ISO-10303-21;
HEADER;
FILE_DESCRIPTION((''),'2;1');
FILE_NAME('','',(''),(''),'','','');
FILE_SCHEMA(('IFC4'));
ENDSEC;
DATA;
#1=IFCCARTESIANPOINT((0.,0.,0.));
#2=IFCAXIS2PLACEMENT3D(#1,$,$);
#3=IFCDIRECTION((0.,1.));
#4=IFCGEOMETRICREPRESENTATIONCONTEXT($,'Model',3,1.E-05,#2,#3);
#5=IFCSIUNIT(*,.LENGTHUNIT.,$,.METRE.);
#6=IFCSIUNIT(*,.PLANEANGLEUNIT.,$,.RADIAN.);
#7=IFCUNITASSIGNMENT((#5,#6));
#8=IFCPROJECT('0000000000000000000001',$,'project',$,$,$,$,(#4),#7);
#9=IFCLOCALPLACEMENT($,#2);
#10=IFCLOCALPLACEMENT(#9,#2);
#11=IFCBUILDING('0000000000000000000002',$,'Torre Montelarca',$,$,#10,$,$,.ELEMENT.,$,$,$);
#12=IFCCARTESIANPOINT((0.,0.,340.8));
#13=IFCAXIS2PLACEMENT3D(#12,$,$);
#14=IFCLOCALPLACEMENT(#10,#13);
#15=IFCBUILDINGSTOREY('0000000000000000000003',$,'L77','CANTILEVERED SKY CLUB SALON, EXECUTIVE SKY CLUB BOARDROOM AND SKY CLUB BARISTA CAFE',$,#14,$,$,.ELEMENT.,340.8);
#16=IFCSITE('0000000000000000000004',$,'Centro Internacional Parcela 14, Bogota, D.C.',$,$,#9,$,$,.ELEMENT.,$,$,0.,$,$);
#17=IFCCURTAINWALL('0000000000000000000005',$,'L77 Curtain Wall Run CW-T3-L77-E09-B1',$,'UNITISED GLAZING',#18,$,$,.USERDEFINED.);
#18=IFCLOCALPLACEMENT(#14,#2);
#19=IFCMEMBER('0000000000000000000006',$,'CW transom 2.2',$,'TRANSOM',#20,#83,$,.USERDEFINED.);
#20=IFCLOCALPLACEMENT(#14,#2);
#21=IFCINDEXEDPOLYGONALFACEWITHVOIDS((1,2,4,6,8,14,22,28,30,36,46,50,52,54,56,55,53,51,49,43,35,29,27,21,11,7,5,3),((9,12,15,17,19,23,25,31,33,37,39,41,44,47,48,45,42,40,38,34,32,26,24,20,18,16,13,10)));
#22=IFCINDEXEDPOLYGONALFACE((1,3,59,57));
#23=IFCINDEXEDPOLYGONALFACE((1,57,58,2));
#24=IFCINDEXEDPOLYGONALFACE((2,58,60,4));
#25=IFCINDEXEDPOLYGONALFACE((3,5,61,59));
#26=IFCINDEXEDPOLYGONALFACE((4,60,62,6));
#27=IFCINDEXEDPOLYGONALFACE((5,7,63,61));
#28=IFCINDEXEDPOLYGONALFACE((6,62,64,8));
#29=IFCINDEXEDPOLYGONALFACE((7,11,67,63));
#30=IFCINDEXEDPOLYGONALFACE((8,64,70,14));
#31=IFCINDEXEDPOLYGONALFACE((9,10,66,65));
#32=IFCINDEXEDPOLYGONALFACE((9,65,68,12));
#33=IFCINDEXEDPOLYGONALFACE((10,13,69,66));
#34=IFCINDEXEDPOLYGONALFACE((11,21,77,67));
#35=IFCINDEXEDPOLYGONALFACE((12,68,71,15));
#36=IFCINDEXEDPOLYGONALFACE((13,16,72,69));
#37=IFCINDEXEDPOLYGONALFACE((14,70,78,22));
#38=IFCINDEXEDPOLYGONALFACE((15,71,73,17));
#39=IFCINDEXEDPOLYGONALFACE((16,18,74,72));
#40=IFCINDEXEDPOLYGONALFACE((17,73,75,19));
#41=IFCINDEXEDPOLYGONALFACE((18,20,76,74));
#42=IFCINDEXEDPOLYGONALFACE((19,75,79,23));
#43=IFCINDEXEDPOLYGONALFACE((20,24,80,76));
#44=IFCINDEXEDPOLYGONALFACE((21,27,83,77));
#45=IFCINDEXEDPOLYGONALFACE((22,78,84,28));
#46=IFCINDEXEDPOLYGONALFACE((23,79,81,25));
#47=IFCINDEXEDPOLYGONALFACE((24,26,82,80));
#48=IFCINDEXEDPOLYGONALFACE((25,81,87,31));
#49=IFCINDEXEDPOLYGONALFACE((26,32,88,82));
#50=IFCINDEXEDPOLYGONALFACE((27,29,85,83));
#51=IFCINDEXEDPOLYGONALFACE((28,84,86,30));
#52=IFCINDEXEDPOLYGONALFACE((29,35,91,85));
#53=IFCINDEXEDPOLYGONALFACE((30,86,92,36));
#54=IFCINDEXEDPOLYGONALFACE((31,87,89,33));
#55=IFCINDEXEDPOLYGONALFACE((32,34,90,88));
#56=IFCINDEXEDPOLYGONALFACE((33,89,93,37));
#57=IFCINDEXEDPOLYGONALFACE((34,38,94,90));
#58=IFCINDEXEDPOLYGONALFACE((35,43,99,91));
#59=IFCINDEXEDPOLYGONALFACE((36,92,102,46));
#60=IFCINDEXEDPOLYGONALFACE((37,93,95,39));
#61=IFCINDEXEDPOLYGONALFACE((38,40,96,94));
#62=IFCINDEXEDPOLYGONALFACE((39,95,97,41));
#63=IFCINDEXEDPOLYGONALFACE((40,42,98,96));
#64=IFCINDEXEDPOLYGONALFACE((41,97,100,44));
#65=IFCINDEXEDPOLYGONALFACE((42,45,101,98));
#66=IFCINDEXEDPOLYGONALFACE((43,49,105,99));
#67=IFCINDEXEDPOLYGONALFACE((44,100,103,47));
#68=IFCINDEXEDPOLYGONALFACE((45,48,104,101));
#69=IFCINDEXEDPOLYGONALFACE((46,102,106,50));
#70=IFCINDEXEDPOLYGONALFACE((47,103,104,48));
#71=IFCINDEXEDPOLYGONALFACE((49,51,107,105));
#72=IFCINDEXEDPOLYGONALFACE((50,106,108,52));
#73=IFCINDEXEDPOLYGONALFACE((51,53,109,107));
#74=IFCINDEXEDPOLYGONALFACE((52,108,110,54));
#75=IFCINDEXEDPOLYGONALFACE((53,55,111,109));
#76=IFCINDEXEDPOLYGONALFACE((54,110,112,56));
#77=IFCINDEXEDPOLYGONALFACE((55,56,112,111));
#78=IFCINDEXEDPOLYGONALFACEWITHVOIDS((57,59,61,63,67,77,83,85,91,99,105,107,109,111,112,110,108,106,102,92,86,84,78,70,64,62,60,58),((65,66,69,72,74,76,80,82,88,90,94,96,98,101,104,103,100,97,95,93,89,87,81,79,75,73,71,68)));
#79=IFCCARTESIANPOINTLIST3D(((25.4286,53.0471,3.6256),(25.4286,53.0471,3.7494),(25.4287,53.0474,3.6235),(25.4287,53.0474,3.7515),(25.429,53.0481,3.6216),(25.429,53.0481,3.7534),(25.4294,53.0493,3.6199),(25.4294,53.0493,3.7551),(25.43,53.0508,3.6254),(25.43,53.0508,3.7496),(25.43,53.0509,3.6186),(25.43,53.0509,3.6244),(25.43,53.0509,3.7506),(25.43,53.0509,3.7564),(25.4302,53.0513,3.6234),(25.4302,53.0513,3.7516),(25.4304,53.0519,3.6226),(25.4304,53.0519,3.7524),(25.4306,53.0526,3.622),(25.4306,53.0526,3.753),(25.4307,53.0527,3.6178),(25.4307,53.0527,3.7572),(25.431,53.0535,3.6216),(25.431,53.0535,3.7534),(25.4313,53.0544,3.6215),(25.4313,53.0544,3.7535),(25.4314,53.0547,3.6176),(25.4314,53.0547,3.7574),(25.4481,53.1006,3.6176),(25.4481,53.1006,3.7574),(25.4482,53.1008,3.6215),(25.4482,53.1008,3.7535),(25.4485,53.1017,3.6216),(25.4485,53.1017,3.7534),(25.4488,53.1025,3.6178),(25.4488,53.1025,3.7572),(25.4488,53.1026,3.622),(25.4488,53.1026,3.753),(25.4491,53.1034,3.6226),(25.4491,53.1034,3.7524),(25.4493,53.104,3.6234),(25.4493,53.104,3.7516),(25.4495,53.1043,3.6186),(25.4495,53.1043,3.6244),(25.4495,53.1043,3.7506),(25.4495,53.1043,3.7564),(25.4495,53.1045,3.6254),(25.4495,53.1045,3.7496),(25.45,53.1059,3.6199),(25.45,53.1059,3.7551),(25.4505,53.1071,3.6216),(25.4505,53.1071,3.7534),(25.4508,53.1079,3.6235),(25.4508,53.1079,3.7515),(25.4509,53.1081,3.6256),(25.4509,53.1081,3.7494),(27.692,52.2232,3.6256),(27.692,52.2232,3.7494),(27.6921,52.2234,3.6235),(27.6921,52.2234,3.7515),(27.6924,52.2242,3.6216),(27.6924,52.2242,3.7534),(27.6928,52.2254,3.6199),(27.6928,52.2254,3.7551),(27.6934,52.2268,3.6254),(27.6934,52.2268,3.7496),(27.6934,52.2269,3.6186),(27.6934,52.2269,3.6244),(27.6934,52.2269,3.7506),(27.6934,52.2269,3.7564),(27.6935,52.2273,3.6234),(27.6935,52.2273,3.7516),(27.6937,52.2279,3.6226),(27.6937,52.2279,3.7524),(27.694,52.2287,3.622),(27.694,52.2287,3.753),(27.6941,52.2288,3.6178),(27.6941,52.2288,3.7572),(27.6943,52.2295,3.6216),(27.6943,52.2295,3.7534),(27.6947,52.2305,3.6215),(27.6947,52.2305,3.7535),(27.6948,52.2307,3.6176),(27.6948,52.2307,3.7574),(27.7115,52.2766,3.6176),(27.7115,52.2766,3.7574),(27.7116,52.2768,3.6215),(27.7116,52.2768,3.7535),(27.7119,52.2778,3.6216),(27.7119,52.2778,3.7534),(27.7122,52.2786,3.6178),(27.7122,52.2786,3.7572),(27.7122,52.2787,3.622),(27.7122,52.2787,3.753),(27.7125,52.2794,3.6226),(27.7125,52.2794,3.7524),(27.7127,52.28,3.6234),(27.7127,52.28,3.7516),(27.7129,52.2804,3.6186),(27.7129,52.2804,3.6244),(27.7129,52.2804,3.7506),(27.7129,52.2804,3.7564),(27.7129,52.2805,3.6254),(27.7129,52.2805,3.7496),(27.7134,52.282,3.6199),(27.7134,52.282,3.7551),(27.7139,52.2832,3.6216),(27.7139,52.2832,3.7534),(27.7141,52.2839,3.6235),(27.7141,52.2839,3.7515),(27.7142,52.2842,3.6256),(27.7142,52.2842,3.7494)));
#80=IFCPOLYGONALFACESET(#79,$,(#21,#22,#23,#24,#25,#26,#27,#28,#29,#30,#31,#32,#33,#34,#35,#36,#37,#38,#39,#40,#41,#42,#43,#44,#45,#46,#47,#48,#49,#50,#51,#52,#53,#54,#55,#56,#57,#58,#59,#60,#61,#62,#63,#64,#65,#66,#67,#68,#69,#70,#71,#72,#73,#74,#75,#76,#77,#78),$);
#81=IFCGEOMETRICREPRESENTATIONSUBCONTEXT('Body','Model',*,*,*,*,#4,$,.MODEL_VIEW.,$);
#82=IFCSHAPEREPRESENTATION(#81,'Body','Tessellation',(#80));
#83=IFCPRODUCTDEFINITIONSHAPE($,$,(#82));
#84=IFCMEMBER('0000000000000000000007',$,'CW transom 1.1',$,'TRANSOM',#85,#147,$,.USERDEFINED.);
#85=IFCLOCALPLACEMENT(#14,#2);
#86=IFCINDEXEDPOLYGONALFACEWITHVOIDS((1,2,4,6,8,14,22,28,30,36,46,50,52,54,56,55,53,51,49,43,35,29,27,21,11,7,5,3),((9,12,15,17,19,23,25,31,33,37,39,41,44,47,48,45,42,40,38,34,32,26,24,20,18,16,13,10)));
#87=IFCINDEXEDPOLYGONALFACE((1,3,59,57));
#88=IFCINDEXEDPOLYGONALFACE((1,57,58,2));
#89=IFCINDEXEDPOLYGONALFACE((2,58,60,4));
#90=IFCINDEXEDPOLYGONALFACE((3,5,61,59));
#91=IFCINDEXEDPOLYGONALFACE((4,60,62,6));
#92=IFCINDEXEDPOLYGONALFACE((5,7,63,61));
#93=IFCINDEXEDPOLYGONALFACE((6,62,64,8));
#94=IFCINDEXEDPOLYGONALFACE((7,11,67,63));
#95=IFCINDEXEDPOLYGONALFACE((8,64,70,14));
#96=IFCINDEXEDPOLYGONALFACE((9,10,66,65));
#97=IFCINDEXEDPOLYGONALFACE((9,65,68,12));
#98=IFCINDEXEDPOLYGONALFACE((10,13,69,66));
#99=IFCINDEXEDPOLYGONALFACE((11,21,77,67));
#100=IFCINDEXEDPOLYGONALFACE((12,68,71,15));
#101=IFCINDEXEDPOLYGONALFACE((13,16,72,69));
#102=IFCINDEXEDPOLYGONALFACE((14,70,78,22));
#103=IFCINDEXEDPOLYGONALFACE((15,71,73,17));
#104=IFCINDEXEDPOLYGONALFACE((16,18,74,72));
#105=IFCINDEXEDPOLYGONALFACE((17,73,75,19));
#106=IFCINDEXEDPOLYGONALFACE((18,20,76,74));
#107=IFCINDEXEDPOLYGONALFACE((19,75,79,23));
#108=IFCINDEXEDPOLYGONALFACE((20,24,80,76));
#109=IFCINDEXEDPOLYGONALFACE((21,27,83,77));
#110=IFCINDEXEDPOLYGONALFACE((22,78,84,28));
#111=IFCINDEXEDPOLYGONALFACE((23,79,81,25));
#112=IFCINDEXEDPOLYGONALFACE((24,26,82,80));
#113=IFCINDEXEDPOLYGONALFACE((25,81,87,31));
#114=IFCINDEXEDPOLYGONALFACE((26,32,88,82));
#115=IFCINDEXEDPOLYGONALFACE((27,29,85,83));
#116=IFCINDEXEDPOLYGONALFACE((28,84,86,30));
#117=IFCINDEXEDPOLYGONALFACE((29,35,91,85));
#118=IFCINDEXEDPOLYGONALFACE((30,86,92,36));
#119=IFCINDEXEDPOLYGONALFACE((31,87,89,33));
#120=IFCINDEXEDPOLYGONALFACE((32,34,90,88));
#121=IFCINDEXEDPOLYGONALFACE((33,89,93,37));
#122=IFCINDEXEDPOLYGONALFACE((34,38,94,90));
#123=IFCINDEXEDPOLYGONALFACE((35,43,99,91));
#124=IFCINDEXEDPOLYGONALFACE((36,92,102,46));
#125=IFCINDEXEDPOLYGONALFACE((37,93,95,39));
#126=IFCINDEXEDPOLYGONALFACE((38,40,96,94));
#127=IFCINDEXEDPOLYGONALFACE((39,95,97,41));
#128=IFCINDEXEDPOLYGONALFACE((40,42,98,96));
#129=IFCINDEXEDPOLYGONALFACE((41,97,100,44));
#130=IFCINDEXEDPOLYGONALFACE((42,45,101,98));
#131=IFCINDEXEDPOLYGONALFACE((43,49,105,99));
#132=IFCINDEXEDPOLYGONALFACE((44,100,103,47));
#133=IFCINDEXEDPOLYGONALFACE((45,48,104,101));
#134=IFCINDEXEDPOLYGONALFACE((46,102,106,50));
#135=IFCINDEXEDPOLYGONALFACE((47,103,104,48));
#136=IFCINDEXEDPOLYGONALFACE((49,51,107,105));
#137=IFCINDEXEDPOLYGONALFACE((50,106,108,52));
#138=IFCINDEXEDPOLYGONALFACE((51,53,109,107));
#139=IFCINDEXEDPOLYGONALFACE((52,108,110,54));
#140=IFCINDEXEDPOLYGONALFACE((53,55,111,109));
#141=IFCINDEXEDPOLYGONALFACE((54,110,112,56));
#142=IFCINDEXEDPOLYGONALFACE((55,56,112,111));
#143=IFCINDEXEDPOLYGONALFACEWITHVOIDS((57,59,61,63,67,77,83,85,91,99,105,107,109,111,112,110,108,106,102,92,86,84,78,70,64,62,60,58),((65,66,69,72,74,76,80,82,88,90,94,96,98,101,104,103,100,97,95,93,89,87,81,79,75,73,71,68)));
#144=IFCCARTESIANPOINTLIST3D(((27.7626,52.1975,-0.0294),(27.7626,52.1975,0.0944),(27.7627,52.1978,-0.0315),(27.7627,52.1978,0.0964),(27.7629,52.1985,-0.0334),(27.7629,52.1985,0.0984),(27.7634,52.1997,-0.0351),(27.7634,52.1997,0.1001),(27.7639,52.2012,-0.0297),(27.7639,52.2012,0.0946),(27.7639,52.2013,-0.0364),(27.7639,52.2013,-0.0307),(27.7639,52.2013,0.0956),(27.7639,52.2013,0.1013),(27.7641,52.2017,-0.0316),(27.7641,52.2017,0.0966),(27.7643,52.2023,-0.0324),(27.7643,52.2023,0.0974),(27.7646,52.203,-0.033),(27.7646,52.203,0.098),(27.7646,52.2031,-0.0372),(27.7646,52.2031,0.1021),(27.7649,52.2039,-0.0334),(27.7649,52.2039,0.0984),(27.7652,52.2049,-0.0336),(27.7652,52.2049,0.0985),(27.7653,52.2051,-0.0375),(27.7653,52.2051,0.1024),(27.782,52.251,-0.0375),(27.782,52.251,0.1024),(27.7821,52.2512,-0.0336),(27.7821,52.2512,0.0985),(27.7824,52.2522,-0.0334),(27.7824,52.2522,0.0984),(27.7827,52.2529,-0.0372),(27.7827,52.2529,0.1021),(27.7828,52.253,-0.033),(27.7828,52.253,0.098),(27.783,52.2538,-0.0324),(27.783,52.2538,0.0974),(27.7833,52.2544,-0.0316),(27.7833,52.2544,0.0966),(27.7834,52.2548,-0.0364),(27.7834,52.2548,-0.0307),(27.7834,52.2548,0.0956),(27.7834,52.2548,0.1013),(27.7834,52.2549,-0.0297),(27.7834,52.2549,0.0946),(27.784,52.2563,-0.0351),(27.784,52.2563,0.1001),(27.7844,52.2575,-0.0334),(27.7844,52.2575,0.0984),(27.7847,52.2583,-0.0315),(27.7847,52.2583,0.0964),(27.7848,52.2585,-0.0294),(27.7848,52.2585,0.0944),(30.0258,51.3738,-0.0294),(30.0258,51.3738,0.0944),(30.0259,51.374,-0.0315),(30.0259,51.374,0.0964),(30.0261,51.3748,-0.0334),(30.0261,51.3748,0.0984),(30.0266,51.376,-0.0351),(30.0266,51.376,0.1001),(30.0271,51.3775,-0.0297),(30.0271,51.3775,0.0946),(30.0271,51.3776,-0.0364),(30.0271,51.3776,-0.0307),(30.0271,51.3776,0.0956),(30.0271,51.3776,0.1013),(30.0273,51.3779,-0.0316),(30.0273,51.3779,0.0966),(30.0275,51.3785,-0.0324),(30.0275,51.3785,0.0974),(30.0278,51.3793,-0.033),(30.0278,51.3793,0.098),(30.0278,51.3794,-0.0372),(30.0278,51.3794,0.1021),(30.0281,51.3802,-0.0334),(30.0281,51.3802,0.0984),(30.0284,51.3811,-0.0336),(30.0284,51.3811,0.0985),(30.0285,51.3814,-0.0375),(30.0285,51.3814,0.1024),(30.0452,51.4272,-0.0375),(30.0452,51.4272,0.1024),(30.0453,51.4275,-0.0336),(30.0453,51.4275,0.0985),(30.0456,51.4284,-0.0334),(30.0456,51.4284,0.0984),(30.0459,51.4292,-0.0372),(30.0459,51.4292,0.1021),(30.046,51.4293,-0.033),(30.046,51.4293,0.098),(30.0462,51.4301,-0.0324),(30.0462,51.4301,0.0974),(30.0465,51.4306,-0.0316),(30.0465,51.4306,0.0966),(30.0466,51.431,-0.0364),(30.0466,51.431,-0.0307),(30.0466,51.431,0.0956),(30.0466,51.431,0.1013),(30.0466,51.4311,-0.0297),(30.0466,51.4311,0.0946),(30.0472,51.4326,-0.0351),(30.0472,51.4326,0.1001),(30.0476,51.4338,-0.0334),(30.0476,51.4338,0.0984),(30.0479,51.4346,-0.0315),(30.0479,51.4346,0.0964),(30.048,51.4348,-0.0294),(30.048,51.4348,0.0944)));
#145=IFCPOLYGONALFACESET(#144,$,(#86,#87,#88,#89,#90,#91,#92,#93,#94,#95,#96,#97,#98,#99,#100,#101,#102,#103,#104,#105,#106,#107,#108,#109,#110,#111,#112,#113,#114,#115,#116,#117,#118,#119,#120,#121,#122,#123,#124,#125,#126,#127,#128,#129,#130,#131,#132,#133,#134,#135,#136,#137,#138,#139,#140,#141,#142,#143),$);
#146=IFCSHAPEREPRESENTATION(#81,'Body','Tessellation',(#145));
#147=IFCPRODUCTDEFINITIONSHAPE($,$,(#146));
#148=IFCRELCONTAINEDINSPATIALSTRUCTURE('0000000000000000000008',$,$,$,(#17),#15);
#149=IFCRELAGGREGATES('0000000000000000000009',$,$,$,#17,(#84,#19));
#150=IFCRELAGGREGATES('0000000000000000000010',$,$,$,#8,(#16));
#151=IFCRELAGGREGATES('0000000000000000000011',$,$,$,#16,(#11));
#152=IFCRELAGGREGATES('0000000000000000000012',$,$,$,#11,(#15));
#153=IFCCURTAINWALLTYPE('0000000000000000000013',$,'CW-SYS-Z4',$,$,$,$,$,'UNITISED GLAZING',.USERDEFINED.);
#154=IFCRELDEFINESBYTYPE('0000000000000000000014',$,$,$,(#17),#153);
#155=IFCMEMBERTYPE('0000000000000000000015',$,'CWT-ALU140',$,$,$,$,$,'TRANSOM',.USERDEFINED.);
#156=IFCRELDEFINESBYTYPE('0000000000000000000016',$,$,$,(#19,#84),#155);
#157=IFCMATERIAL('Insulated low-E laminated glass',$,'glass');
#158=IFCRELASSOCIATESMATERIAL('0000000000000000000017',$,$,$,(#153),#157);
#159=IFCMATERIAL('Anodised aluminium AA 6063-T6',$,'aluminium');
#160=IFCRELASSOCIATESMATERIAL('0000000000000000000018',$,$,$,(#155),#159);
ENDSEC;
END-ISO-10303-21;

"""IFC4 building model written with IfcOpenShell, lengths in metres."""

from ifc_helpers import new_model, si_unit, direction, frame, origin, origin_2d, place, context, subcontext, project, spatial, hollow_rectangle, extrude, source, transform, mapped, material, material_profile, profile_set, type_object, element, aggregate, save


model = new_model("IFC4")

# Units and contexts
model_context = context("Model", 3, precision=1e-05, world=origin(), true_north=direction((0.0, 1.0)))
body_context = subcontext(model_context, "Body", "Model", "MODEL_VIEW")
ifc_project = project(units=[si_unit("LENGTHUNIT", "METRE"), si_unit("PLANEANGLEUNIT", "RADIAN")], contexts=[model_context])

# Site, building, storey
site_placement = place(None, origin())
site = spatial("IfcSite", under=ifc_project, at=site_placement, Name="Centro Internacional Parcela 14, Bogota, D.C.", CompositionType="ELEMENT", RefElevation=0.0)
building_placement = place(site_placement, origin())
building = spatial("IfcBuilding", under=site, at=building_placement, Name="Torre Montelarca", CompositionType="ELEMENT")
storey_placement = place(building_placement, frame((0.0, 0.0, 340.8)))
storey = spatial("IfcBuildingStorey", under=building, at=storey_placement, Name="L77", Description="CANTILEVERED SKY CLUB SALON, EXECUTIVE SKY CLUB BOARDROOM AND SKY CLUB BARISTA CAFE", CompositionType="ELEMENT", Elevation=340.8)

# Curtain wall, members
ifc_material_1 = material(Name="Insulated low-E laminated glass", Category="glass")
curtain_wall_type = type_object("IfcCurtainWallType", Name="CW-SYS-Z4", ElementType="UNITISED GLAZING", PredefinedType="USERDEFINED", material=ifc_material_1)
ifc_material_2 = material(Name="Anodised aluminium AA 6063-T6", Category="aluminium")
curtain_wall_1_placement = place(storey_placement, origin())
curtain_wall_1 = element("IfcCurtainWall", 1, at=curtain_wall_1_placement, inside=storey, type_object=curtain_wall_type, Name="L77 Curtain Wall Run CW-T3-L77-E09-B1", ObjectType="UNITISED GLAZING", PredefinedType="USERDEFINED")
ifc_material_profile_1 = material_profile(ifc_material_2, hollow_rectangle(XDim=0.0649, YDim=0.1399, WallThickness=0.0039, InnerFilletRadius=0.0039, OuterFilletRadius=0.0081, at=origin_2d()), Name="ALU65X140X4", Category="aluminium")
ifc_profile_set_1 = profile_set([ifc_material_profile_1], Name="Anodised aluminium AA 6063-T6")
member_type_1 = type_object("IfcMemberType", Name="CWT-ALU140", ElementType="TRANSOM", PredefinedType="USERDEFINED", material=ifc_profile_set_1)
shared_shape_1 = source(origin(), body_context, "Body", "SweptSolid", [
    extrude(hollow_rectangle(XDim=0.0649, YDim=0.1399, WallThickness=0.0039, InnerFilletRadius=0.0039, OuterFilletRadius=0.0081, at=origin_2d()), origin(), (0.0, 0.0, 1.0), 2.4087),
])
member_1_placement = place(storey_placement, frame((27.7031, 52.2537, 3.6875), z_axis=(-0.939672, 0.342077, 0.0), x_axis=(-0.342077, -0.939672, 0.0)))
member_1 = element("IfcMember", 2, at=member_1_placement, type_object=member_type_1, Name="CW transom 2.2", ObjectType="TRANSOM", PredefinedType="USERDEFINED", context=body_context, shape_type="MappedRepresentation", body=[
    mapped(shared_shape_1, transform((0.0, 0.0, 0.0), scale=1.0)),
])
shared_shape_2 = source(origin(), body_context, "Body", "SweptSolid", [
    extrude(hollow_rectangle(XDim=0.0649, YDim=0.1399, WallThickness=0.0039, InnerFilletRadius=0.0039, OuterFilletRadius=0.0081, at=origin_2d()), origin(), (0.0, 0.0, 1.0), 2.4084),
])
member_2_placement = place(storey_placement, frame((30.0369, 51.4043, 0.0325), z_axis=(-0.939693, 0.34202, 0.0), x_axis=(-0.34202, -0.939693, 0.0)))
member_2 = element("IfcMember", 3, at=member_2_placement, type_object=member_type_1, Name="CW transom 1.1", ObjectType="TRANSOM", PredefinedType="USERDEFINED", context=body_context, shape_type="MappedRepresentation", body=[
    mapped(shared_shape_2, transform((0.0, 0.0, 0.0), scale=1.0)),
])

aggregate(curtain_wall_1, [member_2, member_1])

save(model, "model.ifc")
